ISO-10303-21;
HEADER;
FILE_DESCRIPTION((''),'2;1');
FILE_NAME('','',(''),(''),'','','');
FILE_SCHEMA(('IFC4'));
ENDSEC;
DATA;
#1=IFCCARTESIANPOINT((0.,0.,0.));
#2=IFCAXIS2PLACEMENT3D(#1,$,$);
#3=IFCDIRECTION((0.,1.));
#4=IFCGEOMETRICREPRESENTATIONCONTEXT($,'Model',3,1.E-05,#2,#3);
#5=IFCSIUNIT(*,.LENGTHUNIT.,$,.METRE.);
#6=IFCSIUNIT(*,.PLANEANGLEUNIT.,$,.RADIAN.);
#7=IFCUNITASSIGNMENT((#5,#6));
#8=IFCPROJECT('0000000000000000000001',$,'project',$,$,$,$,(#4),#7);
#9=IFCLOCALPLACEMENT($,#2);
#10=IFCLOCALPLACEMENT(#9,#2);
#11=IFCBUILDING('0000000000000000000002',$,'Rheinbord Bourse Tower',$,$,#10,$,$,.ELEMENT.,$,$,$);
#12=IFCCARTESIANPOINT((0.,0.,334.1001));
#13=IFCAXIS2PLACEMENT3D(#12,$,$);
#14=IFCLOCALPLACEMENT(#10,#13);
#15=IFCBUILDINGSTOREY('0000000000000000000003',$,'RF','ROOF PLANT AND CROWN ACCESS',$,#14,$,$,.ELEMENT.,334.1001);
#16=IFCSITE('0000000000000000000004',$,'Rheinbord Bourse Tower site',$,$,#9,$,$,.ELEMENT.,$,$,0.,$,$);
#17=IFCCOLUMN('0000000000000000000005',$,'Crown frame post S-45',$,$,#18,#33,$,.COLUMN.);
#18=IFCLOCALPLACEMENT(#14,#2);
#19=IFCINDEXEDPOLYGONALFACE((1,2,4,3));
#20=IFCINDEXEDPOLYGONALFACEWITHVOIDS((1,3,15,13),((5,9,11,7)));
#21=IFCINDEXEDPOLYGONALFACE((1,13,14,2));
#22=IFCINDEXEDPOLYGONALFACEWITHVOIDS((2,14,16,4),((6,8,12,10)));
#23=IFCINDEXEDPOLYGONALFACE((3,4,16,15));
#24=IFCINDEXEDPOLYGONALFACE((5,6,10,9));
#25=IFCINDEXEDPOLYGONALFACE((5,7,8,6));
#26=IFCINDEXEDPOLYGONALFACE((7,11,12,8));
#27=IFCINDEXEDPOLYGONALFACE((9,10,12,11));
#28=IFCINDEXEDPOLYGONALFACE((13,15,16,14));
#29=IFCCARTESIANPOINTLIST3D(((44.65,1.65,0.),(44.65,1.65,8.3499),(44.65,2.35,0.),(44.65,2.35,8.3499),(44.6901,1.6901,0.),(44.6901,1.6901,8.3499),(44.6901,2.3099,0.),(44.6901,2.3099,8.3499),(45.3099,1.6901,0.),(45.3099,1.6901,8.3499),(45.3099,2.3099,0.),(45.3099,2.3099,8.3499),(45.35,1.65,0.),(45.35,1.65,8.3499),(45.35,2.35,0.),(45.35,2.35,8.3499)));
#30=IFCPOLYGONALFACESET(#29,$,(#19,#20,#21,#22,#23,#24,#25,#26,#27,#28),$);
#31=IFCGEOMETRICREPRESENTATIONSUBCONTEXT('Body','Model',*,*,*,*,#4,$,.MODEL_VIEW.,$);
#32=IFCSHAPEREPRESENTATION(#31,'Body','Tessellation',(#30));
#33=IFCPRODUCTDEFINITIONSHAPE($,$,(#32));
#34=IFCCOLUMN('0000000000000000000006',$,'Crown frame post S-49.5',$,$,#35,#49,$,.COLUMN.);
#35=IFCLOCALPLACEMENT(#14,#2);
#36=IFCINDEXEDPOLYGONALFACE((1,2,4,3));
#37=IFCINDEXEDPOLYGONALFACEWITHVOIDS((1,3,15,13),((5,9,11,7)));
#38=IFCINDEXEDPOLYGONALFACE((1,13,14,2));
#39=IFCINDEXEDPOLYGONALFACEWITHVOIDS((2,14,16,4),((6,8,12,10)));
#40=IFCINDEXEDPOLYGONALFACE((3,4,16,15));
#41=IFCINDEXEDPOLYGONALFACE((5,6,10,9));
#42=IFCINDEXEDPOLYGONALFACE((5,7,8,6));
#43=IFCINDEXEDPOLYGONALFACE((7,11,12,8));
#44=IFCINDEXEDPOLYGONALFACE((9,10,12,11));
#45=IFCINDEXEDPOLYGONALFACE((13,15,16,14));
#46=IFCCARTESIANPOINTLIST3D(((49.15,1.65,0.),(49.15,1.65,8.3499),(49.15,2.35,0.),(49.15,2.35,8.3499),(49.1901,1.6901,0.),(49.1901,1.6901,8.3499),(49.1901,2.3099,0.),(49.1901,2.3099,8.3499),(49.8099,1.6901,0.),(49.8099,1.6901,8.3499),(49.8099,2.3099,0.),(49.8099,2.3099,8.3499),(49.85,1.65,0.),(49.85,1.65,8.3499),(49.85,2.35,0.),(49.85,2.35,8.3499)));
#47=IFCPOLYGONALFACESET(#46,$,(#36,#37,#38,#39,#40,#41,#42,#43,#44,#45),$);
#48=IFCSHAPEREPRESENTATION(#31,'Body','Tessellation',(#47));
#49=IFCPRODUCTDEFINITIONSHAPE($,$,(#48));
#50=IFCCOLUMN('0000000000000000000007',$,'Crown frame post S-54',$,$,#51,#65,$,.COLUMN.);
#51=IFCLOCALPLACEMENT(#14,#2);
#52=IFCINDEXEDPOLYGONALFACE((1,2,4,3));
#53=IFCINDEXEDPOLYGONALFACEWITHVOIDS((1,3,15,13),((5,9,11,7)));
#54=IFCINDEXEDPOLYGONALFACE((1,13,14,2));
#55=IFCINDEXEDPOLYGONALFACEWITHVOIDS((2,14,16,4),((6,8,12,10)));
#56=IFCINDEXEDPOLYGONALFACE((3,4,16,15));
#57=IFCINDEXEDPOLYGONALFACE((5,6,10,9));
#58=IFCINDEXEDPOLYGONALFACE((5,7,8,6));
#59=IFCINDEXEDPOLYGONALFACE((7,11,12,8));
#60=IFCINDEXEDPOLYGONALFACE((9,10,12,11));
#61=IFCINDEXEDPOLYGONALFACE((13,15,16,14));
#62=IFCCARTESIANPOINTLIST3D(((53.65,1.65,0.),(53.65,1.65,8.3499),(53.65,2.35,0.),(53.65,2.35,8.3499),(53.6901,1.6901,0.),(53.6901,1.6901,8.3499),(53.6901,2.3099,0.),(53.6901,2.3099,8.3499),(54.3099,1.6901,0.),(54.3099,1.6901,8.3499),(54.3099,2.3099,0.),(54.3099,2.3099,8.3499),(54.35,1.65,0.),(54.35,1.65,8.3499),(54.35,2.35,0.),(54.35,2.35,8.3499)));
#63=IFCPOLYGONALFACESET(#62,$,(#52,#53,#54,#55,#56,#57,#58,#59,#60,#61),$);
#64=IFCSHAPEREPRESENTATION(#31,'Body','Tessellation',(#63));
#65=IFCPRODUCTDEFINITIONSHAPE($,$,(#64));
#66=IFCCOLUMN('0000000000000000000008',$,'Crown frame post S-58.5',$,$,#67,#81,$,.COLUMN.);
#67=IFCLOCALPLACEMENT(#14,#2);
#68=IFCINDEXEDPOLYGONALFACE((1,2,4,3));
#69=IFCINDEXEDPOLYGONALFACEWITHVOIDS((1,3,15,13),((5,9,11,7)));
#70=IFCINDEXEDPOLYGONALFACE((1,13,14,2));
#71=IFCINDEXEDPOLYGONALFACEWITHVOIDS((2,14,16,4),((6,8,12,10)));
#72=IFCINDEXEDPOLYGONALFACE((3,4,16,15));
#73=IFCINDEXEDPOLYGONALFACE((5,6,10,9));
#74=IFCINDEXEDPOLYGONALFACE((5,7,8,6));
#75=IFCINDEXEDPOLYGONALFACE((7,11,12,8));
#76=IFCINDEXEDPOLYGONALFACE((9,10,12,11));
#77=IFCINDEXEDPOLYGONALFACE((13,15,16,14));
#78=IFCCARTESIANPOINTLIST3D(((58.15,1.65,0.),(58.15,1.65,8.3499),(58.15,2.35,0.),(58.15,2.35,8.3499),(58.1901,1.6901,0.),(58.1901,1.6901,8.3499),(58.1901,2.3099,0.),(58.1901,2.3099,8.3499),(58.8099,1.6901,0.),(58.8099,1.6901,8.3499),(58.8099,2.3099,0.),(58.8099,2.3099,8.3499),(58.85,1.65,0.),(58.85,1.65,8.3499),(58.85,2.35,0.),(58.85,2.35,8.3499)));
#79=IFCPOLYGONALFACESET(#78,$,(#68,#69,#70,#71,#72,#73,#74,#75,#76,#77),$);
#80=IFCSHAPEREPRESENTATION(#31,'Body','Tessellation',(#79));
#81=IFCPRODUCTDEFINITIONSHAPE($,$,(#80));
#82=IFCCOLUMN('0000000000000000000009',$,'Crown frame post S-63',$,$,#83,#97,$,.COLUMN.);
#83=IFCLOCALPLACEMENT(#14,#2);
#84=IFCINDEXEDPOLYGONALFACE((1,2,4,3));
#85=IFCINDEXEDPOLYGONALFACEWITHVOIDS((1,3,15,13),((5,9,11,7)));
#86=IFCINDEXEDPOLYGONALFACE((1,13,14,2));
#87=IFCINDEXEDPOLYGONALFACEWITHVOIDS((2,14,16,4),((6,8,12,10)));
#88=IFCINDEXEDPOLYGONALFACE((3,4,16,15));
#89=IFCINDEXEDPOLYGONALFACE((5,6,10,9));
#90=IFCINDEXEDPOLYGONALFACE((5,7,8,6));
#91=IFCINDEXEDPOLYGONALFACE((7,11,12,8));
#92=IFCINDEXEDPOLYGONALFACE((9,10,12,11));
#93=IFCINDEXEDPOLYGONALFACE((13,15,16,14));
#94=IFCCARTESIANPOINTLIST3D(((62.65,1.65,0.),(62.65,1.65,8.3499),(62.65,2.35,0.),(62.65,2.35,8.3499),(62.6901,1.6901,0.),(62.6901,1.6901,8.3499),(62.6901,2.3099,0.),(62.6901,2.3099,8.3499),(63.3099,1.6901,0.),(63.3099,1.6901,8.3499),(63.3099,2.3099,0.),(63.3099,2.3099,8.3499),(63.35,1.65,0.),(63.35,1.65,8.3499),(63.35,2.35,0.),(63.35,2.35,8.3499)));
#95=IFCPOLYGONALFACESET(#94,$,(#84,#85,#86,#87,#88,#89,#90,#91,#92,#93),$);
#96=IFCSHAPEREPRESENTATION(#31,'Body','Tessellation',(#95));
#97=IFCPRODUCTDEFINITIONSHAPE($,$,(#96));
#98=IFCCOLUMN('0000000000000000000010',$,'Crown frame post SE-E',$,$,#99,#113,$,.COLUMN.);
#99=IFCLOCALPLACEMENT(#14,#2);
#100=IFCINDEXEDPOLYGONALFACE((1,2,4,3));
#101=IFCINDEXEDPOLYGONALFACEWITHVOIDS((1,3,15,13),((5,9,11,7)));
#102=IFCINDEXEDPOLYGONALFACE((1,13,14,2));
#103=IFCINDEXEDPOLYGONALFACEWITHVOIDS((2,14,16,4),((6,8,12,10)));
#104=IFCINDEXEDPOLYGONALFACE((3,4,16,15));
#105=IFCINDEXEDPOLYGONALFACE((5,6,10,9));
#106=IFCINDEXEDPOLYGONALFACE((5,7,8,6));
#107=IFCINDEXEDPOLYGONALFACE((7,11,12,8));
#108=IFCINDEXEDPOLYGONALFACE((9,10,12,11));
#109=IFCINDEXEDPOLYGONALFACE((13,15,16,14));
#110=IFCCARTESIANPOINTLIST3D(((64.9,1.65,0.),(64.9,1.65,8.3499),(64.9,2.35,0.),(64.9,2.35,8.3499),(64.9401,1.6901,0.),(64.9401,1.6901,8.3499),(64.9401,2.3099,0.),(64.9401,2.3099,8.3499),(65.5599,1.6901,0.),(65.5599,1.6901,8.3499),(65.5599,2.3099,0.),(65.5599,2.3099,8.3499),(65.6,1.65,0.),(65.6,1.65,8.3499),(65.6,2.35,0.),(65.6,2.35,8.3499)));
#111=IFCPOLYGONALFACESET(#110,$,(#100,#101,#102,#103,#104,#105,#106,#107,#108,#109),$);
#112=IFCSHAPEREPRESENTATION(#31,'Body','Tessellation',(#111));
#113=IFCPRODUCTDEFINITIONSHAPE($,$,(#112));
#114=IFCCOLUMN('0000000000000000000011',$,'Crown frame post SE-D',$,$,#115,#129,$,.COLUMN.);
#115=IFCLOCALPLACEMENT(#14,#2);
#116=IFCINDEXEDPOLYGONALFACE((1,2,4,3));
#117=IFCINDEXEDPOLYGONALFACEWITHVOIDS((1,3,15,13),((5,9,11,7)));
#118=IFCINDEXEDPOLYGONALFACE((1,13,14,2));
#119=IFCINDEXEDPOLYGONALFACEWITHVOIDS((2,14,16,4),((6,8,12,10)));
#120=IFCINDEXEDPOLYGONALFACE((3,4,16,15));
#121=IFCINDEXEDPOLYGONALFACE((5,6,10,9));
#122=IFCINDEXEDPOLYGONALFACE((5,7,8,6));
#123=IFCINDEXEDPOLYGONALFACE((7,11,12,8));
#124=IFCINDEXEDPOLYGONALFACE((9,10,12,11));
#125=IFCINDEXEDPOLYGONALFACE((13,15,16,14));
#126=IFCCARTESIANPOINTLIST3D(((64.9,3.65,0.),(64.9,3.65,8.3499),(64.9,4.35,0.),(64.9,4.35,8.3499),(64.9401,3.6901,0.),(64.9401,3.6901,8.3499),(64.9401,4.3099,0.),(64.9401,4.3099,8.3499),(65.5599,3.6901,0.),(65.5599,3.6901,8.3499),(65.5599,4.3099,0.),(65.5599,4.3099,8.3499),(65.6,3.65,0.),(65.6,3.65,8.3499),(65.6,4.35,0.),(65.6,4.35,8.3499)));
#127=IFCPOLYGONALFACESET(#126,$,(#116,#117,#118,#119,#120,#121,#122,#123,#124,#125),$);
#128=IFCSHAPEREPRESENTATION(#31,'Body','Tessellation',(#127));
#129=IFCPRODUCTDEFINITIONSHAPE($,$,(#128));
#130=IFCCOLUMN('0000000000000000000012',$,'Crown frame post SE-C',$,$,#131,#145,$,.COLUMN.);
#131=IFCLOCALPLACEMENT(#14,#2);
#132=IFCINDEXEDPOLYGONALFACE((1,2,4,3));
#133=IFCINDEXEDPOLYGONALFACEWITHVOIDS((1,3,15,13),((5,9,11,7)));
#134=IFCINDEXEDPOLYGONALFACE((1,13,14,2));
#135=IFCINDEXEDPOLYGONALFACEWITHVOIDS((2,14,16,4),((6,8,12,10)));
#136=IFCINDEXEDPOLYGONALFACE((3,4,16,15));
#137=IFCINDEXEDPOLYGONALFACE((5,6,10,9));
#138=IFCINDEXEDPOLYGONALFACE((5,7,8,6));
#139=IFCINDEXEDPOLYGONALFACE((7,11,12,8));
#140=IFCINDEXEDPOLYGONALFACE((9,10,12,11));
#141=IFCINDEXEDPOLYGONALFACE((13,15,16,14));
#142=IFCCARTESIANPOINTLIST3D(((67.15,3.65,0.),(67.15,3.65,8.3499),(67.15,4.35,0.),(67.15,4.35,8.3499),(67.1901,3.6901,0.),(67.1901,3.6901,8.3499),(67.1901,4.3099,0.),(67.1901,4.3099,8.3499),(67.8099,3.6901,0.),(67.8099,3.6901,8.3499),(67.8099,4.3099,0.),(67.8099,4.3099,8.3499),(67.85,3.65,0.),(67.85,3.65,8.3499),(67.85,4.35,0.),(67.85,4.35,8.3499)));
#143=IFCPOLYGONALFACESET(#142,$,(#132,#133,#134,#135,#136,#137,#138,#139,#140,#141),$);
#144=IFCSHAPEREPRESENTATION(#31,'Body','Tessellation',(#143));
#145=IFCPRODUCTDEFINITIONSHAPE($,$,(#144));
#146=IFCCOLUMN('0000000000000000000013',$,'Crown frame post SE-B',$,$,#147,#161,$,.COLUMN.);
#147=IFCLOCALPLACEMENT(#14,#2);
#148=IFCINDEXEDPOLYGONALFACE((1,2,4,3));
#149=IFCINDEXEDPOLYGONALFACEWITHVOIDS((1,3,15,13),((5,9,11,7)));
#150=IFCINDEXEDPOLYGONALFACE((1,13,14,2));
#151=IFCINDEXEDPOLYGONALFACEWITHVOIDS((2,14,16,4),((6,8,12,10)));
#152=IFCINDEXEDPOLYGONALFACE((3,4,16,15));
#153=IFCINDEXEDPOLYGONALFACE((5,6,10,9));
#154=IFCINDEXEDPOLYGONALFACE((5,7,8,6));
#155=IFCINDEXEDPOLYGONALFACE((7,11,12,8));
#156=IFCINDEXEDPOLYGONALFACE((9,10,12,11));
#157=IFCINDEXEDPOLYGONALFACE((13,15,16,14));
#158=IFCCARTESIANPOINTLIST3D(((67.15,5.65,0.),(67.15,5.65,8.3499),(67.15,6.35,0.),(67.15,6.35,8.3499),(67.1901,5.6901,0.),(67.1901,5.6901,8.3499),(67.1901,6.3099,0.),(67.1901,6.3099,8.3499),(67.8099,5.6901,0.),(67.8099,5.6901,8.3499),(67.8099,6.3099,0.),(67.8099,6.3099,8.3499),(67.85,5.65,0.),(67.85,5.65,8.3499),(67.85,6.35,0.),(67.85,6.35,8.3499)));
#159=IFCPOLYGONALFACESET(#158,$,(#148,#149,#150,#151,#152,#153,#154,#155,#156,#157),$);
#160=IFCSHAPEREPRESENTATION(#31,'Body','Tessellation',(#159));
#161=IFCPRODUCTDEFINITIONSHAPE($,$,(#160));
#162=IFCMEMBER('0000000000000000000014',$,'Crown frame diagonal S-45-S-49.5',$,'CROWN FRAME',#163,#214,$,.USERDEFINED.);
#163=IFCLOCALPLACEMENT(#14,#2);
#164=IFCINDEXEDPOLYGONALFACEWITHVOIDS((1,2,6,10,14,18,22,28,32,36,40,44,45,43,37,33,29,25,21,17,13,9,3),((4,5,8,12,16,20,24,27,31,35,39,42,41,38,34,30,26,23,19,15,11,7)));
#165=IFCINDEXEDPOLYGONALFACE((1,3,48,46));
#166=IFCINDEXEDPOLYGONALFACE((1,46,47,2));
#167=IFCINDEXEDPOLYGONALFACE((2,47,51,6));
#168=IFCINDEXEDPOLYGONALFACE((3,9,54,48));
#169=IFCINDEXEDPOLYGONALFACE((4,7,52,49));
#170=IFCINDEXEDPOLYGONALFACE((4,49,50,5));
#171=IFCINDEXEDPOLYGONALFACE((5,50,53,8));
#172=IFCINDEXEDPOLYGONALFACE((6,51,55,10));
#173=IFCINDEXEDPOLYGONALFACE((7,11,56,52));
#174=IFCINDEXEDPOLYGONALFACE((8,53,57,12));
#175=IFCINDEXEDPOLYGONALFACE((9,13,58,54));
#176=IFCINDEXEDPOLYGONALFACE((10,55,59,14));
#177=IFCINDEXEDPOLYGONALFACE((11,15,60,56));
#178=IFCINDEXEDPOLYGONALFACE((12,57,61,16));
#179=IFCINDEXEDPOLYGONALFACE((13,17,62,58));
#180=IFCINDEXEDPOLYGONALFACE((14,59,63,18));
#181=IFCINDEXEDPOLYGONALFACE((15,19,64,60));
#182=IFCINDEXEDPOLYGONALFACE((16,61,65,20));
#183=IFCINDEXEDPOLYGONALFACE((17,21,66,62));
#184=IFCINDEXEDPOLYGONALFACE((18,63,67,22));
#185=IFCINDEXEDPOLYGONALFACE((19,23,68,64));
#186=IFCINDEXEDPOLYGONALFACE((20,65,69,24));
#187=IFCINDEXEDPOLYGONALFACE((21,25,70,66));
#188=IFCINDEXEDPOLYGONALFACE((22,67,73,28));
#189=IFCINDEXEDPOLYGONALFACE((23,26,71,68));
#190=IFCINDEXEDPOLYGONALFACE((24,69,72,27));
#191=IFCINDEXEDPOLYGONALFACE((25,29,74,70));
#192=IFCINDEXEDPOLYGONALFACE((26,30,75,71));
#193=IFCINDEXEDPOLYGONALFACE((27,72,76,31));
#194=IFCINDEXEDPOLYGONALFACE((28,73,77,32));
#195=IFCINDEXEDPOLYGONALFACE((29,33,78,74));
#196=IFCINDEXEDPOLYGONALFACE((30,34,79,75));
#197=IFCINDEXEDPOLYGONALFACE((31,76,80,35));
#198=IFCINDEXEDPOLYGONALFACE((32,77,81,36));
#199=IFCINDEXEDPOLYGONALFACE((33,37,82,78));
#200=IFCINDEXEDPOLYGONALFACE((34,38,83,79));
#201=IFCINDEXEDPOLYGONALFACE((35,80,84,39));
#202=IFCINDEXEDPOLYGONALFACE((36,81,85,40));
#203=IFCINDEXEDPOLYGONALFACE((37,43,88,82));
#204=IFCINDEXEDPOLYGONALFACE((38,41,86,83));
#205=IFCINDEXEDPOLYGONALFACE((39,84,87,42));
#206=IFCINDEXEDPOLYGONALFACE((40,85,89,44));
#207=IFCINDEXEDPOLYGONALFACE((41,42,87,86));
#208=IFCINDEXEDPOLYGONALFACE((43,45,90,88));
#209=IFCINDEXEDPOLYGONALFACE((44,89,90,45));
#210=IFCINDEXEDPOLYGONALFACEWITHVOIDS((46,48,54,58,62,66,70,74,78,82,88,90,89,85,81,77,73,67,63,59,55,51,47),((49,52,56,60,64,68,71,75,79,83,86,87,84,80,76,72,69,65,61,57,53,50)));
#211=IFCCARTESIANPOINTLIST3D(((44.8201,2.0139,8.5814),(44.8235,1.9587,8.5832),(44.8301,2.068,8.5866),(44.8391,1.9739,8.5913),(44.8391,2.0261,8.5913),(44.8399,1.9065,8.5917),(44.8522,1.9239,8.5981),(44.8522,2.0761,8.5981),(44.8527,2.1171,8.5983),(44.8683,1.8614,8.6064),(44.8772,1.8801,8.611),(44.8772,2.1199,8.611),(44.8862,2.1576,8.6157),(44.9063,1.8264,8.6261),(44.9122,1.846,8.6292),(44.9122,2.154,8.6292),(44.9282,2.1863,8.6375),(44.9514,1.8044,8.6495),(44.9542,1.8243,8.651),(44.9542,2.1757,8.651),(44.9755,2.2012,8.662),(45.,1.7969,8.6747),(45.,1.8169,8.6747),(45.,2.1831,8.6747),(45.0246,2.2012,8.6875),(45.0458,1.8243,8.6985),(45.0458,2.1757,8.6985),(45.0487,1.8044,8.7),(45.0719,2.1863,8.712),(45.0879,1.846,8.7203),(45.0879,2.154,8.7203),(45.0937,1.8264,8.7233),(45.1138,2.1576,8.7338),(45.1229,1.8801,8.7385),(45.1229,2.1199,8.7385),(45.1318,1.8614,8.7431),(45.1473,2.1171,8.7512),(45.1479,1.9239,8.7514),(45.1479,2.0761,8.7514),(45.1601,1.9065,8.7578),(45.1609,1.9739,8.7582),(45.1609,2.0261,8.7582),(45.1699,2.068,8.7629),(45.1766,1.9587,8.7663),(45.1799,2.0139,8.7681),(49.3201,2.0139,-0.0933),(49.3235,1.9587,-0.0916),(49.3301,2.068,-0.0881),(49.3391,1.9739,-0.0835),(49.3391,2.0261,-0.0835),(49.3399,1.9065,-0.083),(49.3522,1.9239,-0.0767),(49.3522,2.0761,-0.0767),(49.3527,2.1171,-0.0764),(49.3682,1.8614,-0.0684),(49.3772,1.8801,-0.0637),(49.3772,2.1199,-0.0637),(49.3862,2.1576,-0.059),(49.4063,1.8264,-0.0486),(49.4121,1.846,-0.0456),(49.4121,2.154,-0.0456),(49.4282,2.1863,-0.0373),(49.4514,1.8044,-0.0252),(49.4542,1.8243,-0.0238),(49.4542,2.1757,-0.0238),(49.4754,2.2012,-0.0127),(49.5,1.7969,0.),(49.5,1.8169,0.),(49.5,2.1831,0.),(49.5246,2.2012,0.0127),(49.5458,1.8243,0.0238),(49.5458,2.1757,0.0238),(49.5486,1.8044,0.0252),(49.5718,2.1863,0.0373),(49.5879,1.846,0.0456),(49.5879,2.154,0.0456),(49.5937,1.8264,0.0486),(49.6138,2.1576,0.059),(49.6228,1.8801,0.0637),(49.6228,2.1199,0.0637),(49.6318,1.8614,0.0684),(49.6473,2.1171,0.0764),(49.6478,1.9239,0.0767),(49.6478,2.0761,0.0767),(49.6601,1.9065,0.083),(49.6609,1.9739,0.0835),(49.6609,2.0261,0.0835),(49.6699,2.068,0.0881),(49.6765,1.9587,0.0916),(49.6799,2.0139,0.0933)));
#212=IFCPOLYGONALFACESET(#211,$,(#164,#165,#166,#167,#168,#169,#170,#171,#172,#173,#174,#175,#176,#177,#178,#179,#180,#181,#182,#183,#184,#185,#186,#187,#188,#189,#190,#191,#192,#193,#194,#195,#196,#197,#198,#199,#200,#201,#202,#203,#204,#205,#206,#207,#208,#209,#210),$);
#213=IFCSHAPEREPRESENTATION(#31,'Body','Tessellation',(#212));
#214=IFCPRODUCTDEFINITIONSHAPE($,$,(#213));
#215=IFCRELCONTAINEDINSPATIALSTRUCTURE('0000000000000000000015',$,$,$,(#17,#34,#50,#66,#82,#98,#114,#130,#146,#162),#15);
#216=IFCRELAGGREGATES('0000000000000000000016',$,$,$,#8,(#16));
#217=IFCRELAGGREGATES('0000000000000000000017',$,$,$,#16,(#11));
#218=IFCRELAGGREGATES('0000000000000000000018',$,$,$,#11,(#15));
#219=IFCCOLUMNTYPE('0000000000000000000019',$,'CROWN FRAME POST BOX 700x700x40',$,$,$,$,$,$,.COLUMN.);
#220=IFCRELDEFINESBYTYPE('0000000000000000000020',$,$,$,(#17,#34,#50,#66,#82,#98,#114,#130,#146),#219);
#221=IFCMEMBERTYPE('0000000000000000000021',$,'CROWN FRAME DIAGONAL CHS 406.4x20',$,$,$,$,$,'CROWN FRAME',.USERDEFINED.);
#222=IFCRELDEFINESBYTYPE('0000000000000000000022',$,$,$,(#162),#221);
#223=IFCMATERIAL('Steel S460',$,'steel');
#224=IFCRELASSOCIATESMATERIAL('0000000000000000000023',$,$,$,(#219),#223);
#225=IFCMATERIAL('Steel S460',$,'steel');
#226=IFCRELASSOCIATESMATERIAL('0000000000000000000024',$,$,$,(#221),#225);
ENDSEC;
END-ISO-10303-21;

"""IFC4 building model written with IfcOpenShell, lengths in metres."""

from ifc_helpers import new_model, si_unit, direction, frame, origin, origin_2d, place, context, subcontext, project, spatial, hollow_rectangle, hollow_circle, extrude, material, material_profile, profile_set, type_object, element, save


model = new_model("IFC4")

# Units and contexts
model_context = context("Model", 3, precision=1e-05, world=origin(), true_north=direction((0.0, 1.0)))
body_context = subcontext(model_context, "Body", "Model", "MODEL_VIEW")
ifc_project = project(units=[si_unit("LENGTHUNIT", "METRE"), si_unit("PLANEANGLEUNIT", "RADIAN")], contexts=[model_context])

# Site, building, storey
site_placement = place(None, origin())
site = spatial("IfcSite", under=ifc_project, at=site_placement, Name="Rheinbord Bourse Tower site", CompositionType="ELEMENT", RefElevation=0.0)
building_placement = place(site_placement, origin())
building = spatial("IfcBuilding", under=site, at=building_placement, Name="Rheinbord Bourse Tower", CompositionType="ELEMENT")
storey_placement = place(building_placement, frame((0.0, 0.0, 334.1001)))
storey = spatial("IfcBuildingStorey", under=building, at=storey_placement, Name="RF", Description="ROOF PLANT AND CROWN ACCESS", CompositionType="ELEMENT", Elevation=334.1001)

# Columns
ifc_material_1 = material(Name="Steel S460", Category="steel")
ifc_material_profile_1 = material_profile(ifc_material_1, hollow_rectangle(XDim=0.7, YDim=0.7, WallThickness=0.04, at=origin_2d()), Name="BOX 700x700x40")
ifc_profile_set_1 = profile_set([ifc_material_profile_1], Name="Steel S460")
column_type = type_object("IfcColumnType", Name="CROWN FRAME POST BOX 700x700x40", PredefinedType="COLUMN", material=ifc_profile_set_1)
for number, where, z_axis, x_axis, name in (
    (1, (45.0, 2.0, 0.0), (0.0, 0.0, 1.0), (1.0, 0.0, 0.0), "Crown frame post S-45"),
    (2, (49.5, 2.0, 0.0), (0.0, 0.0, 1.0), (1.0, 0.0, 0.0), "Crown frame post S-49.5"),
    (3, (54.0, 2.0, 0.0), (0.0, 0.0, 1.0), (1.0, 0.0, 0.0), "Crown frame post S-54"),
    (4, (58.5, 2.0, 0.0), (0.0, 0.0, 1.0), (1.0, 0.0, 0.0), "Crown frame post S-58.5"),
    (5, (63.0, 2.0, 0.0), (0.0, 0.0, 1.0), (1.0, 0.0, 0.0), "Crown frame post S-63"),
    (6, (65.25, 2.0, 0.0), (0.0, 0.0, 1.0), (1.0, 0.0, 0.0), "Crown frame post SE-E"),
    (7, (65.25, 4.0, 0.0), (0.0, 0.0, 1.0), (1.0, 0.0, 0.0), "Crown frame post SE-D"),
    (8, (67.5, 4.0, 0.0), (0.0, 0.0, 1.0), (1.0, 0.0, 0.0), "Crown frame post SE-C"),
    (9, (67.5, 6.0, 0.0), (0.0, 0.0, 1.0), (1.0, 0.0, 0.0), "Crown frame post SE-B"),
):
    element("IfcColumn", number, at=place(storey_placement, frame(where, z_axis=z_axis, x_axis=x_axis)), inside=storey, type_object=column_type, Name=name, PredefinedType="COLUMN", context=body_context, shape_type="SweptSolid", body=[
        extrude(hollow_rectangle(XDim=0.7, YDim=0.7, WallThickness=0.04, at=origin_2d()), origin(), (0.0, 0.0, 1.0), 8.3499),
    ])

# Member
ifc_material_2 = material(Name="Steel S460", Category="steel")
ifc_material_profile_2 = material_profile(ifc_material_2, hollow_circle(Radius=0.2031, WallThickness=0.02, at=origin_2d()), Name="CHS 406.4x20")
ifc_profile_set_2 = profile_set([ifc_material_profile_2], Name="Steel S460")
member_type = type_object("IfcMemberType", Name="CROWN FRAME DIAGONAL CHS 406.4x20", ElementType="CROWN FRAME", PredefinedType="USERDEFINED", material=ifc_profile_set_2)
for number, where, z_axis, x_axis, name in (
    (10, (49.5, 2.0, 0.0), (-0.460475, 0.0, 0.887673), (0.0, -1.0, 0.0), "Crown frame diagonal S-45-S-49.5"),
):
    element("IfcMember", number, at=place(storey_placement, frame(where, z_axis=z_axis, x_axis=x_axis)), inside=storey, type_object=member_type, Name=name, ObjectType="CROWN FRAME", PredefinedType="USERDEFINED", context=body_context, shape_type="SweptSolid", body=[
        extrude(hollow_circle(Radius=0.2031, WallThickness=0.02, at=origin_2d()), origin(), (0.0, 0.0, 1.0), 9.7725),
    ])

save(model, "model.ifc")
